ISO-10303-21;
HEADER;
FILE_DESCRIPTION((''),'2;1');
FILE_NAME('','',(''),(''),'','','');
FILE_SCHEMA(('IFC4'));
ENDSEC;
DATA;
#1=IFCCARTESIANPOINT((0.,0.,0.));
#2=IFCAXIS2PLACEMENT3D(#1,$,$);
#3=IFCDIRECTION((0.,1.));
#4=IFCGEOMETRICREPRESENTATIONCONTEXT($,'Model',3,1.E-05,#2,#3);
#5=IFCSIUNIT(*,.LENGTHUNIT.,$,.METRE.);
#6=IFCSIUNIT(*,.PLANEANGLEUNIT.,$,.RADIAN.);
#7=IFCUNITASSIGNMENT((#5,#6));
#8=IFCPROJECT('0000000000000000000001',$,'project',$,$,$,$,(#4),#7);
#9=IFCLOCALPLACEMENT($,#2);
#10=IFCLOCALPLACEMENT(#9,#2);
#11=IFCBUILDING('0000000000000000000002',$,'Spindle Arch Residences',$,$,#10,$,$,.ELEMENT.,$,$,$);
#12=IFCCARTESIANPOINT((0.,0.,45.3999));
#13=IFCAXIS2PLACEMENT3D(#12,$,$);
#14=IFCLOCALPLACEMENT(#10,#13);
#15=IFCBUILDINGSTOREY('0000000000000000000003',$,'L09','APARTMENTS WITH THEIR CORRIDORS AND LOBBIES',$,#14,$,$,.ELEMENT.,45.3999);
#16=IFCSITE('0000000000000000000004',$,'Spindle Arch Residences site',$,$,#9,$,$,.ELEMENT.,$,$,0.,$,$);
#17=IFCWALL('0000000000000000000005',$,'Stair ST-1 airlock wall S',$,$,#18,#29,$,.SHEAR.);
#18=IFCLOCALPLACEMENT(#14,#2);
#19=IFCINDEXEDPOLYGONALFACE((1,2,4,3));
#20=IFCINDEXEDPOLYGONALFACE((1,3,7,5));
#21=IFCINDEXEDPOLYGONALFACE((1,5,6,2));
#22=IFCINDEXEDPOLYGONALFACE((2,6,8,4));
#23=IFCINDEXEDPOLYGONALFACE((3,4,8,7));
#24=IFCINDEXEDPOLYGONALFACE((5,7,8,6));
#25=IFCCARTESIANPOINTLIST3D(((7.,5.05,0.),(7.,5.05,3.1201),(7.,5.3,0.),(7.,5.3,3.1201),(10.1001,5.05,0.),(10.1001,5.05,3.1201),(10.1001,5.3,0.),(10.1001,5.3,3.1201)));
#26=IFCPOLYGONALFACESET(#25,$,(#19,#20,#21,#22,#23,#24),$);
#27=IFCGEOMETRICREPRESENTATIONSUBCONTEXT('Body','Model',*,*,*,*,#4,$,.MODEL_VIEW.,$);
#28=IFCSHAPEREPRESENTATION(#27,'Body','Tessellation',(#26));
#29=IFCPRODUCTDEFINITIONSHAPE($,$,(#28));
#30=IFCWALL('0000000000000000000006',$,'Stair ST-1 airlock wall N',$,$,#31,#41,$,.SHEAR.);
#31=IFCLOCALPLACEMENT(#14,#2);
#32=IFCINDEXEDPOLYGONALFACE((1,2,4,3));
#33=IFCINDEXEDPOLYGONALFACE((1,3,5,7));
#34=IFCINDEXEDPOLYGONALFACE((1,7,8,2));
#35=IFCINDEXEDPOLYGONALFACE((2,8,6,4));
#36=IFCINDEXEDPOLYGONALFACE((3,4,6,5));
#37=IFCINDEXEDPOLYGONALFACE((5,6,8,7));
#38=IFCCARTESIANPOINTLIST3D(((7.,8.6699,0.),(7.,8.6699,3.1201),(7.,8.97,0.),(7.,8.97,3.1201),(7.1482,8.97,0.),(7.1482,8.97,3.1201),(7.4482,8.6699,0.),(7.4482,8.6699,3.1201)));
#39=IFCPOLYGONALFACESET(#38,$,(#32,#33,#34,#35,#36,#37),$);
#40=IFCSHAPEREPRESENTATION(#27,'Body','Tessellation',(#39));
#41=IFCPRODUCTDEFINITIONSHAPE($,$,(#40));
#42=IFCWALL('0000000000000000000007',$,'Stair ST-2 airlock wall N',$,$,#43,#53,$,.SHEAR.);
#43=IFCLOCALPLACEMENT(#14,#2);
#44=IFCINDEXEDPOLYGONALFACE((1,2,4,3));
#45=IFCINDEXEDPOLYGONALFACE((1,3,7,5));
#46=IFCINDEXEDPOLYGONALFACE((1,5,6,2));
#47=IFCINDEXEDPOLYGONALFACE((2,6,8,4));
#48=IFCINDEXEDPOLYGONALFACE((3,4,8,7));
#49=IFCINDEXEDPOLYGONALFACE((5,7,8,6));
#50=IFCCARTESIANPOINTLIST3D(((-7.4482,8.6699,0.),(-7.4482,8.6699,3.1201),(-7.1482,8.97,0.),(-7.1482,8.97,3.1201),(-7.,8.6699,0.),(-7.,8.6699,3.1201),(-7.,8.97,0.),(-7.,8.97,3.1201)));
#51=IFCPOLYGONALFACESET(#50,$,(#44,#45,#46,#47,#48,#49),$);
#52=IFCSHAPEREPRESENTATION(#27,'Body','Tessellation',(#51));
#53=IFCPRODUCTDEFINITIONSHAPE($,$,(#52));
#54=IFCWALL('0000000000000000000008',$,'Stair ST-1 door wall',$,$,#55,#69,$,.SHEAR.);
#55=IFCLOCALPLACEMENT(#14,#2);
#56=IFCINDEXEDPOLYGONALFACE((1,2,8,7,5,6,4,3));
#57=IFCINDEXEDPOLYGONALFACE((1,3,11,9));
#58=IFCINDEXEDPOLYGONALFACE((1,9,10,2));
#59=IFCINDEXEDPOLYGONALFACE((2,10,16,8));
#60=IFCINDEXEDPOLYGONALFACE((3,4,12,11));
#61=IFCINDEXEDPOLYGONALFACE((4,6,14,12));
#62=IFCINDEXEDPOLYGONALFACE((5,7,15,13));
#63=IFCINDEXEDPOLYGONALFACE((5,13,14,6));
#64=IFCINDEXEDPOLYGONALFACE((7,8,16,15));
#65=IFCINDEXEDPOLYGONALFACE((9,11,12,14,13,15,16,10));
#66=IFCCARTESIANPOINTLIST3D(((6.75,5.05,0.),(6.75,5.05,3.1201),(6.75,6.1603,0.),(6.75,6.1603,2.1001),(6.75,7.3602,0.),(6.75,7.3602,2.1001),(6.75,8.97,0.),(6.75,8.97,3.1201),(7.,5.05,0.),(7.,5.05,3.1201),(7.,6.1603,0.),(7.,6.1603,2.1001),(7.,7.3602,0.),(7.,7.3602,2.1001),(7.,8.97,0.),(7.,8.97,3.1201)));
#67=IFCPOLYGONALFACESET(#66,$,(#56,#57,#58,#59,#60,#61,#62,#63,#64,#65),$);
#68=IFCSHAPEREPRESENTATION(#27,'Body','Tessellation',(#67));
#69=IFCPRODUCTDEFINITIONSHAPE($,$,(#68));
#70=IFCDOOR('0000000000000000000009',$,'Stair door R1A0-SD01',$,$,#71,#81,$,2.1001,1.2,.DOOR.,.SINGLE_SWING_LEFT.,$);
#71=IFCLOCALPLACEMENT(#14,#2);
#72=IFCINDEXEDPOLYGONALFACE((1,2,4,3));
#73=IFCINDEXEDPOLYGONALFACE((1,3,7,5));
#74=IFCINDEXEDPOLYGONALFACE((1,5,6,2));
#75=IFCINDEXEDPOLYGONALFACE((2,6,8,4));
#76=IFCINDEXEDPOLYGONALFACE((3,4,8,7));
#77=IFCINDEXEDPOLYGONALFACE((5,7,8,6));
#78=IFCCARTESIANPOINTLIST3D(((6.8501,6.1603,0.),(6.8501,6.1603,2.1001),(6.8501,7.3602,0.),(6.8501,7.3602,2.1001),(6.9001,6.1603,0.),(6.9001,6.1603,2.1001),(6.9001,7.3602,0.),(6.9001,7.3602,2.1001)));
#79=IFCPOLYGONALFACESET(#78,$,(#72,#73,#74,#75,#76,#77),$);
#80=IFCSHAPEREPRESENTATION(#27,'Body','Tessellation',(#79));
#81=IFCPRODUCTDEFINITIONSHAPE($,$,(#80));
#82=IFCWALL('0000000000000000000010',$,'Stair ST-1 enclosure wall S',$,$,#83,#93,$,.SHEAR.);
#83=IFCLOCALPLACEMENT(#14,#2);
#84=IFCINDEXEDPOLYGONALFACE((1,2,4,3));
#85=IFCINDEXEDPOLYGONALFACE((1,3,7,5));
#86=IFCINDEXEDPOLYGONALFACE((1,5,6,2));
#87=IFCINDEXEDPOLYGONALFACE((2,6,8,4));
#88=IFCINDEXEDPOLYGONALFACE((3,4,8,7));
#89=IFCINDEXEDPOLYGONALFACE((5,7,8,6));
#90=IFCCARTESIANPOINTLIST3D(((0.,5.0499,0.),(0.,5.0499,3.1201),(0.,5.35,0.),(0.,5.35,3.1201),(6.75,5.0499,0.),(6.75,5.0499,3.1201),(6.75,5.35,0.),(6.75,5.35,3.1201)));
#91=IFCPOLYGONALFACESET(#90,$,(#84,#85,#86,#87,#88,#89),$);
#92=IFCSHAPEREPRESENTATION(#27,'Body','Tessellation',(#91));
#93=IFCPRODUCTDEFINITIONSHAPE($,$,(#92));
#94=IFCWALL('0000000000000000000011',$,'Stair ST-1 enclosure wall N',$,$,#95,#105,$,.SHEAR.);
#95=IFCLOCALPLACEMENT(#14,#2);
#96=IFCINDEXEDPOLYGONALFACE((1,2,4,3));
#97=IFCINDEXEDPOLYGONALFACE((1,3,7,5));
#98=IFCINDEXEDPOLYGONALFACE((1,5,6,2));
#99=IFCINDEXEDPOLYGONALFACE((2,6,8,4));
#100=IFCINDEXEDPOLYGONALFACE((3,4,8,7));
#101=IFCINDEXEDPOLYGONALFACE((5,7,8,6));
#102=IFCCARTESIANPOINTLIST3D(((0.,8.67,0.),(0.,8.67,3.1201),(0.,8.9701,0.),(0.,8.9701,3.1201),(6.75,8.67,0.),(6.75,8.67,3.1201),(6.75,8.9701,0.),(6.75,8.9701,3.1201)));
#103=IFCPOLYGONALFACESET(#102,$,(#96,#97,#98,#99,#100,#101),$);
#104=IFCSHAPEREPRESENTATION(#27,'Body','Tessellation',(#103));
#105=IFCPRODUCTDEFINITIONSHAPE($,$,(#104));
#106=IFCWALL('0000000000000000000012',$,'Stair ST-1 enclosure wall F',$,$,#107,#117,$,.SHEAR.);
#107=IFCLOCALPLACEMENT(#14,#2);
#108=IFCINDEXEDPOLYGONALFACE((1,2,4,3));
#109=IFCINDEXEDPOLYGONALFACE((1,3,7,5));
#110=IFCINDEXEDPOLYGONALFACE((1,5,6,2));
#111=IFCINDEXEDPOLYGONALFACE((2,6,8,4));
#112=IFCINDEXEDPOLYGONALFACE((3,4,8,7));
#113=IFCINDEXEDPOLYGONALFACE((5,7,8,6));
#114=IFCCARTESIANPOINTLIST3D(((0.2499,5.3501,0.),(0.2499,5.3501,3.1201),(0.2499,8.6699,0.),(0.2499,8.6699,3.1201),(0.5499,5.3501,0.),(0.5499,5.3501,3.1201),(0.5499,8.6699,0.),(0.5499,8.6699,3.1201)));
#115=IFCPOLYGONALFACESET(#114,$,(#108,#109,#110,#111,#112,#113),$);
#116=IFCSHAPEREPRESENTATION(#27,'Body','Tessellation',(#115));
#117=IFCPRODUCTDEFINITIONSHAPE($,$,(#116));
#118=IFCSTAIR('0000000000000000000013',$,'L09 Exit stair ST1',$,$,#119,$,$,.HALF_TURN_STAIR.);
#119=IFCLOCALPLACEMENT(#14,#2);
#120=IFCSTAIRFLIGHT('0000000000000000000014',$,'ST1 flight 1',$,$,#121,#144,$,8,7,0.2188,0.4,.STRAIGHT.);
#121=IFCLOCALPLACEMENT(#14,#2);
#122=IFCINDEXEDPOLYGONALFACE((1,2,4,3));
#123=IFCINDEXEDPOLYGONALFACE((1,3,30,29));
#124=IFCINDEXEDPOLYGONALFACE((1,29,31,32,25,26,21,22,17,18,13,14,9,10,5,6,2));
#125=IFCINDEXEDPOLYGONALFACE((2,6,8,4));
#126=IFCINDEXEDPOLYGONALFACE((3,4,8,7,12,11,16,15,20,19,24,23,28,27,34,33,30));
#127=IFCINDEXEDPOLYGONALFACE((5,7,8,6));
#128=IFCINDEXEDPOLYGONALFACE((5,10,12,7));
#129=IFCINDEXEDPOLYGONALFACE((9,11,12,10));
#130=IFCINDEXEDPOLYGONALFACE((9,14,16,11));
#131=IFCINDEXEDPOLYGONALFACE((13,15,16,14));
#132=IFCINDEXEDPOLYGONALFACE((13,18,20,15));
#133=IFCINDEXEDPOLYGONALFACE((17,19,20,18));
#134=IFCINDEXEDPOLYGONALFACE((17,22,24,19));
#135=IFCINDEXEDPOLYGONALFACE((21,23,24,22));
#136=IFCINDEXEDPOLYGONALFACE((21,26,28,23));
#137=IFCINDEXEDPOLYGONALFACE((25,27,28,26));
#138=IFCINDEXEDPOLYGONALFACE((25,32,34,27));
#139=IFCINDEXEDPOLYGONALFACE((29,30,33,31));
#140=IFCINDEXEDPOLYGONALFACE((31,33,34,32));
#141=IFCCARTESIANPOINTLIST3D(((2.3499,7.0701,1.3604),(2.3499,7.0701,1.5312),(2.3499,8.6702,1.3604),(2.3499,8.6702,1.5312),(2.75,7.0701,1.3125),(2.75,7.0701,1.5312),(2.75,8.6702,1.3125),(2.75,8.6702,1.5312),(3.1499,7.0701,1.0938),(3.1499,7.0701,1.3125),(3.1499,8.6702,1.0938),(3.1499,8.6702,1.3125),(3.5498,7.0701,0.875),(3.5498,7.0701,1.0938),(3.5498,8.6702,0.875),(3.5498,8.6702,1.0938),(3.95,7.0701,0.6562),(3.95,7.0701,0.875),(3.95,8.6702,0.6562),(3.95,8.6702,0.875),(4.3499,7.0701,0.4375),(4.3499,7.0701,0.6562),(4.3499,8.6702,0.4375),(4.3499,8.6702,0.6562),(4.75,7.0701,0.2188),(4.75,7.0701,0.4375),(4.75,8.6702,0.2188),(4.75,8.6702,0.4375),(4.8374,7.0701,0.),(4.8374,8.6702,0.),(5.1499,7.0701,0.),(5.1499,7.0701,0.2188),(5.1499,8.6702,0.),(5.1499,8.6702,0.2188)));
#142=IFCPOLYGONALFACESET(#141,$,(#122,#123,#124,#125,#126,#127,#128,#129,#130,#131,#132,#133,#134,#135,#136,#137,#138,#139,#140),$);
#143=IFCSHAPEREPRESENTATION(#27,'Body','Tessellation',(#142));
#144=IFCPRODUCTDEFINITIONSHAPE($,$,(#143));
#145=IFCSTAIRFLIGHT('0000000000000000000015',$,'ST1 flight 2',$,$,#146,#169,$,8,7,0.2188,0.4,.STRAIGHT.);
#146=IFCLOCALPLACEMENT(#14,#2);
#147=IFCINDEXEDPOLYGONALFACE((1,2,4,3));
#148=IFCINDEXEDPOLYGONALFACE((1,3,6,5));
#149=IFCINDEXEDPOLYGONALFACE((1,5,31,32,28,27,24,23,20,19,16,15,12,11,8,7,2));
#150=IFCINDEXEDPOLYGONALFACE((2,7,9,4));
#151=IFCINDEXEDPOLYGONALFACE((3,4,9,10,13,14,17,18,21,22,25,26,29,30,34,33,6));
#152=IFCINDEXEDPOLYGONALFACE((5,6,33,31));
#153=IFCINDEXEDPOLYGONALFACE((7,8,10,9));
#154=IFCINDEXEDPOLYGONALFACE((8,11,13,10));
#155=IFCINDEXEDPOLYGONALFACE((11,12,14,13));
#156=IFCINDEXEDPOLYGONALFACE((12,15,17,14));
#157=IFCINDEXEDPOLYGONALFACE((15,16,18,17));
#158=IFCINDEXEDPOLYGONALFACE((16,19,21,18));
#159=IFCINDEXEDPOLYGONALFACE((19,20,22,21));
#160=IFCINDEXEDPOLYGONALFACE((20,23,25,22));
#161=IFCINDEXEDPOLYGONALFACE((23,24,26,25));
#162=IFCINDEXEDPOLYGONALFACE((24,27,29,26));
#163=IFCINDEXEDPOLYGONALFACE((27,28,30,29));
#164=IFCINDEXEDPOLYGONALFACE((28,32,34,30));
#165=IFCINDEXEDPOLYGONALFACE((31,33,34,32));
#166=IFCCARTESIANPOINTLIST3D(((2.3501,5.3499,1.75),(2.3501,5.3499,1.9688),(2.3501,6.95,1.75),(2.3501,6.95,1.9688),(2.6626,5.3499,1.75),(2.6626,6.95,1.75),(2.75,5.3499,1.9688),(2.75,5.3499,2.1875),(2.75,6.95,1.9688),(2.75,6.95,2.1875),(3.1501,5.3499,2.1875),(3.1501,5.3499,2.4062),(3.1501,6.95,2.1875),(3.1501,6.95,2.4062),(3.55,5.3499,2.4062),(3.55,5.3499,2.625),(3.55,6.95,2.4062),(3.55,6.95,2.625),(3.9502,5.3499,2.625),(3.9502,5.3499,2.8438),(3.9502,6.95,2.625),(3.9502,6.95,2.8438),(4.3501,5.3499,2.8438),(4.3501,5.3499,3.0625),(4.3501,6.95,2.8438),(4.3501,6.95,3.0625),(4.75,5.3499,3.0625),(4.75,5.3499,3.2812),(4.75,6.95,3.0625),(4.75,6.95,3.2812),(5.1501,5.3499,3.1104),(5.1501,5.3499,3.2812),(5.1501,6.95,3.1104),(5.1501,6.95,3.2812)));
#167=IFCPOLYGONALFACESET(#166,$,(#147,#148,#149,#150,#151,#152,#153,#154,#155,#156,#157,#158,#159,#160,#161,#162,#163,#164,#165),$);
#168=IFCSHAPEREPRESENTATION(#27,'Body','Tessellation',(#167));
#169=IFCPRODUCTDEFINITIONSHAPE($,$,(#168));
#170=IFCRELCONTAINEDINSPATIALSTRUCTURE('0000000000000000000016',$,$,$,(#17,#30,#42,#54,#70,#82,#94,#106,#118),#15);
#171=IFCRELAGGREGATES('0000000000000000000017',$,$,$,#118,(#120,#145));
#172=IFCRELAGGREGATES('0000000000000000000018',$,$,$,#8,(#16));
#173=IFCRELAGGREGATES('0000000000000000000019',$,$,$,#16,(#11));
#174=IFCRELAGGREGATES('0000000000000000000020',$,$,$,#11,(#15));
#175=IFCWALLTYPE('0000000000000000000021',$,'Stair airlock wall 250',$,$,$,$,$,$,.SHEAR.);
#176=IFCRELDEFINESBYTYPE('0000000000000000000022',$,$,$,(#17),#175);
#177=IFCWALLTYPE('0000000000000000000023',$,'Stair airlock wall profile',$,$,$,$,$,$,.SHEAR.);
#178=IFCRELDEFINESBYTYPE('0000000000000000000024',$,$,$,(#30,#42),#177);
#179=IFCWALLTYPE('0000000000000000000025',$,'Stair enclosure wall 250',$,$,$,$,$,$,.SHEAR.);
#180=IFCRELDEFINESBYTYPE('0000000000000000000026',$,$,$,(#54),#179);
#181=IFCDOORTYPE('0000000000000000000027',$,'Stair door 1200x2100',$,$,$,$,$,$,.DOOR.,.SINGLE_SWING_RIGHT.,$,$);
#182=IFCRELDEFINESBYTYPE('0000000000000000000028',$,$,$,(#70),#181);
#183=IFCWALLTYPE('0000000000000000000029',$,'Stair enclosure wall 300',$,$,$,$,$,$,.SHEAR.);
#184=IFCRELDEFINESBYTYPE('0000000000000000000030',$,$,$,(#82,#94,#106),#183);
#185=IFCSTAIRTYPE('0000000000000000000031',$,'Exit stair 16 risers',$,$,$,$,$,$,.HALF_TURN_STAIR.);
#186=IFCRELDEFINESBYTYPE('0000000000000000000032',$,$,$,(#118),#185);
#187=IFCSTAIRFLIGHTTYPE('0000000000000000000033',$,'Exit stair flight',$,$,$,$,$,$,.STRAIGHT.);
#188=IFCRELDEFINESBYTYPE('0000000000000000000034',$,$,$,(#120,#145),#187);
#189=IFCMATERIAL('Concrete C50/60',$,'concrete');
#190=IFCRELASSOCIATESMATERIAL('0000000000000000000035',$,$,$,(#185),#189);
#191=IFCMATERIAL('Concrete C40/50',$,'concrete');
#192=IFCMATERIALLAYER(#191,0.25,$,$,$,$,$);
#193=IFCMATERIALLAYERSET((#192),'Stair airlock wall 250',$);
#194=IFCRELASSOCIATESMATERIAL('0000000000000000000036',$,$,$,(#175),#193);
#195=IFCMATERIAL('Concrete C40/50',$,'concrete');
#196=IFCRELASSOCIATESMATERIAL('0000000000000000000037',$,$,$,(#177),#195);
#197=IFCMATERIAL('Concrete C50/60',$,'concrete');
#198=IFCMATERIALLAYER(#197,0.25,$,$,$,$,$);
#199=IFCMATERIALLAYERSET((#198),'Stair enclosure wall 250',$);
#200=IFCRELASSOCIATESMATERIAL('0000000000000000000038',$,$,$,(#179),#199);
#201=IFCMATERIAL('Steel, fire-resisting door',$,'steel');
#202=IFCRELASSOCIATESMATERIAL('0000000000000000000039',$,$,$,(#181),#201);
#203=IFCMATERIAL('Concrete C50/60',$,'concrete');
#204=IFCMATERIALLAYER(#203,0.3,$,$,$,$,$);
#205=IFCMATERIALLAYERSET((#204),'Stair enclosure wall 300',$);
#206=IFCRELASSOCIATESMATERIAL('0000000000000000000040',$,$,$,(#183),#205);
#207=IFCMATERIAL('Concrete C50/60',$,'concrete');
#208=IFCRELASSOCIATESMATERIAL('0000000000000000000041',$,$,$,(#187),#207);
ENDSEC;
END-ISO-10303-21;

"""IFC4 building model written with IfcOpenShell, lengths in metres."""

from ifc_helpers import new_model, si_unit, direction, frame, frame_2d, origin, place, context, subcontext, project, spatial, polyline, rectangle, outline, extrude, material, layer, layer_set, type_object, element, fill, aggregate, save


model = new_model("IFC4")

# Units and contexts
model_context = context("Model", 3, precision=1e-05, world=origin(), true_north=direction((0.0, 1.0)))
body_context = subcontext(model_context, "Body", "Model", "MODEL_VIEW")
ifc_project = project(units=[si_unit("LENGTHUNIT", "METRE"), si_unit("PLANEANGLEUNIT", "RADIAN")], contexts=[model_context])

# Site, building, storey
site_placement = place(None, origin())
site = spatial("IfcSite", under=ifc_project, at=site_placement, Name="Spindle Arch Residences site", CompositionType="ELEMENT", RefElevation=0.0)
building_placement = place(site_placement, origin())
building = spatial("IfcBuilding", under=site, at=building_placement, Name="Spindle Arch Residences", CompositionType="ELEMENT")
storey_placement = place(building_placement, frame((0.0, 0.0, 45.3999)))
storey = spatial("IfcBuildingStorey", under=building, at=storey_placement, Name="L09", Description="APARTMENTS WITH THEIR CORRIDORS AND LOBBIES", CompositionType="ELEMENT", Elevation=45.3999)

# Shared definitions
ifc_material_1 = material(Name="Concrete C50/60", Category="concrete")
stair_type = type_object("IfcStairType", Name="Exit stair 16 risers", PredefinedType="HALF_TURN_STAIR", material=ifc_material_1)

# Walls
ifc_material_2 = material(Name="Concrete C40/50", Category="concrete")
ifc_layer_1 = layer(ifc_material_2, 0.25)
ifc_layer_set_1 = layer_set([ifc_layer_1], Name="Stair airlock wall 250")
wall_type_1 = type_object("IfcWallType", Name="Stair airlock wall 250", PredefinedType="SHEAR", material=ifc_layer_set_1)
wall_1_placement = place(storey_placement, frame((7.0, 5.175, 0.0), z_axis=(0.0, 0.0, 1.0), x_axis=(1.0, 0.0, 0.0)))
element("IfcWall", 1, at=wall_1_placement, inside=storey, type_object=wall_type_1, Name="Stair ST-1 airlock wall S", PredefinedType="SHEAR", context=body_context, shape_type="SweptSolid", body=[
    extrude(rectangle(XDim=3.1001, YDim=0.25, at=frame_2d((1.55, 0.0))), origin(), (0.0, 0.0, 1.0), 3.1201),
])
ifc_material_3 = material(Name="Concrete C40/50", Category="concrete")
wall_type_2 = type_object("IfcWallType", Name="Stair airlock wall profile", PredefinedType="SHEAR", material=ifc_material_3)
wall_2_placement = place(storey_placement, origin())
element("IfcWall", 2, at=wall_2_placement, inside=storey, type_object=wall_type_2, Name="Stair ST-1 airlock wall N", PredefinedType="SHEAR", context=body_context, shape_type="SweptSolid", body=[
    extrude(outline(polyline([(7.4482, 8.6699), (7.0, 8.6699), (7.0, 8.97), (7.1482, 8.97), (7.4482, 8.6699)])), origin(), (0.0, 0.0, 1.0), 3.1201),
])
wall_3_placement = place(storey_placement, origin())
element("IfcWall", 3, at=wall_3_placement, inside=storey, type_object=wall_type_2, Name="Stair ST-2 airlock wall N", PredefinedType="SHEAR", context=body_context, shape_type="SweptSolid", body=[
    extrude(outline(polyline([(-7.1482, 8.97), (-7.0, 8.97), (-7.0, 8.6699), (-7.4482, 8.6699), (-7.1482, 8.97)])), origin(), (0.0, 0.0, 1.0), 3.1201),
])

# Wall, opening, door
ifc_material_4 = material(Name="Concrete C50/60", Category="concrete")
ifc_layer_2 = layer(ifc_material_4, 0.25)
ifc_layer_set_2 = layer_set([ifc_layer_2], Name="Stair enclosure wall 250")
wall_type_3 = type_object("IfcWallType", Name="Stair enclosure wall 250", PredefinedType="SHEAR", material=ifc_layer_set_2)
wall_4_placement = place(storey_placement, frame((6.875, 5.05, 0.0), z_axis=(0.0, 0.0, 1.0), x_axis=(0.0, 1.0, 0.0)))
wall_4 = element("IfcWall", 4, at=wall_4_placement, inside=storey, type_object=wall_type_3, Name="Stair ST-1 door wall", PredefinedType="SHEAR", context=body_context, shape_type="SweptSolid", body=[
    extrude(rectangle(XDim=3.9199, YDim=0.25, at=frame_2d((1.96, 0.0))), origin(), (0.0, 0.0, 1.0), 3.1201),
])
opening_1_placement = place(wall_4_placement, frame((1.1101, 0.0, 0.0)))
opening_1 = element("IfcOpeningElement", 5, at=opening_1_placement, cuts=wall_4, PredefinedType="OPENING", context=body_context, shape_type="SweptSolid", body=[
    extrude(rectangle(XDim=1.2, YDim=2.1001, at=frame_2d((0.6001, 1.05))), frame((0.0, 0.135, 0.0), z_axis=(0.0, -1.0, 0.0), x_axis=(1.0, 0.0, 0.0)), (0.0, 0.0, 1.0), 0.27),
])
ifc_material_5 = material(Name="Steel, fire-resisting door", Category="steel")
door_type_1 = type_object("IfcDoorType", Name="Stair door 1200x2100", OperationType="SINGLE_SWING_RIGHT", PredefinedType="DOOR", material=ifc_material_5)
door_1_placement = place(opening_1_placement, origin())
door_1 = element("IfcDoor", 6, at=door_1_placement, inside=storey, type_object=door_type_1, Name="Stair door R1A0-SD01", OperationType="SINGLE_SWING_LEFT", OverallHeight=2.1001, OverallWidth=1.2, PredefinedType="DOOR", context=body_context, shape_type="SweptSolid", body=[
    extrude(rectangle(XDim=1.2, YDim=2.1001, at=frame_2d((0.6001, 1.05))), frame((0.0, 0.0249, 0.0), z_axis=(0.0, -1.0, 0.0), x_axis=(1.0, 0.0, 0.0)), (0.0, 0.0, 1.0), 0.05),
])
fill(opening_1, door_1)

# Walls
ifc_material_6 = material(Name="Concrete C50/60", Category="concrete")
ifc_layer_3 = layer(ifc_material_6, 0.3)
ifc_layer_set_3 = layer_set([ifc_layer_3], Name="Stair enclosure wall 300")
wall_type_4 = type_object("IfcWallType", Name="Stair enclosure wall 300", PredefinedType="SHEAR", material=ifc_layer_set_3)
for number, where, z_axis, x_axis, name in (
    (7, (0.0, 5.2, 0.0), (0.0, 0.0, 1.0), (1.0, 0.0, 0.0), "Stair ST-1 enclosure wall S"),
    (8, (0.0, 8.8201, 0.0), (0.0, 0.0, 1.0), (1.0, 0.0, 0.0), "Stair ST-1 enclosure wall N"),
):
    element("IfcWall", number, at=place(storey_placement, frame(where, z_axis=z_axis, x_axis=x_axis)), inside=storey, type_object=wall_type_4, Name=name, PredefinedType="SHEAR", context=body_context, shape_type="SweptSolid", body=[
        extrude(rectangle(XDim=6.75, YDim=0.3, at=frame_2d((3.375, 0.0))), origin(), (0.0, 0.0, 1.0), 3.1201),
    ])
wall_5_placement = place(storey_placement, frame((0.3999, 5.3501, 0.0), z_axis=(0.0, 0.0, 1.0), x_axis=(0.0, 1.0, 0.0)))
element("IfcWall", 9, at=wall_5_placement, inside=storey, type_object=wall_type_4, Name="Stair ST-1 enclosure wall F", PredefinedType="SHEAR", context=body_context, shape_type="SweptSolid", body=[
    extrude(rectangle(XDim=3.3198, YDim=0.3, at=frame_2d((1.6599, 0.0))), origin(), (0.0, 0.0, 1.0), 3.1201),
])

# Stair, stair flights
stair_1_placement = place(storey_placement, origin())
stair_1 = element("IfcStair", 10, at=stair_1_placement, inside=storey, type_object=stair_type, Name="L09 Exit stair ST1", PredefinedType="HALF_TURN_STAIR")
ifc_material_7 = material(Name="Concrete C50/60", Category="concrete")
stair_flight_type = type_object("IfcStairFlightType", Name="Exit stair flight", PredefinedType="STRAIGHT", material=ifc_material_7)
stair_flight_1_placement = place(storey_placement, frame((5.1499, 7.8701, 0.0), z_axis=(0.0, 0.0, 1.0), x_axis=(-1.0, 0.0, 0.0)))
stair_flight_1 = element("IfcStairFlight", 11, at=stair_flight_1_placement, type_object=stair_flight_type, Name="ST1 flight 1", NumberOfRisers=8, NumberOfTreads=7, PredefinedType="STRAIGHT", RiserHeight=0.2188, TreadLength=0.4, context=body_context, shape_type="SweptSolid", body=[
    extrude(outline(polyline([(0.0, 0.0), (0.0, 0.2188), (0.3999, 0.2188), (0.3999, 0.4375), (0.8, 0.4375), (0.8, 0.6562), (1.2, 0.6562), (1.2, 0.875), (1.6001, 0.875), (1.6001, 1.0938), (2.0, 1.0938), (2.0, 1.3125), (2.3999, 1.3125), (2.3999, 1.5312), (2.8, 1.5312), (2.8, 1.75), (2.8, 1.3604), (0.3125, 0.0), (0.0, 0.0)])), frame((0.0, 0.8, 0.0), z_axis=(0.0, -1.0, 0.0), x_axis=(1.0, 0.0, 0.0)), (0.0, 0.0, 1.0), 1.6001),
])
stair_flight_2_placement = place(storey_placement, frame((2.3501, 6.1499, 1.75), z_axis=(0.0, 0.0, 1.0), x_axis=(1.0, 0.0, 0.0)))
stair_flight_2 = element("IfcStairFlight", 12, at=stair_flight_2_placement, type_object=stair_flight_type, Name="ST1 flight 2", NumberOfRisers=8, NumberOfTreads=7, PredefinedType="STRAIGHT", RiserHeight=0.2188, TreadLength=0.4, context=body_context, shape_type="SweptSolid", body=[
    extrude(outline(polyline([(0.0, 0.0), (0.0, 0.2188), (0.3999, 0.2188), (0.3999, 0.4375), (0.8, 0.4375), (0.8, 0.6562), (1.2, 0.6562), (1.2, 0.875), (1.6001, 0.875), (1.6001, 1.0938), (2.0, 1.0938), (2.0, 1.3125), (2.3999, 1.3125), (2.3999, 1.5312), (2.8, 1.5312), (2.8, 1.75), (2.8, 1.3604), (0.3125, 0.0), (0.0, 0.0)])), frame((0.0, 0.8, 0.0), z_axis=(0.0, -1.0, 0.0), x_axis=(1.0, 0.0, 0.0)), (0.0, 0.0, 1.0), 1.6001),
])
aggregate(stair_1, [stair_flight_1, stair_flight_2])

save(model, "model.ifc")
